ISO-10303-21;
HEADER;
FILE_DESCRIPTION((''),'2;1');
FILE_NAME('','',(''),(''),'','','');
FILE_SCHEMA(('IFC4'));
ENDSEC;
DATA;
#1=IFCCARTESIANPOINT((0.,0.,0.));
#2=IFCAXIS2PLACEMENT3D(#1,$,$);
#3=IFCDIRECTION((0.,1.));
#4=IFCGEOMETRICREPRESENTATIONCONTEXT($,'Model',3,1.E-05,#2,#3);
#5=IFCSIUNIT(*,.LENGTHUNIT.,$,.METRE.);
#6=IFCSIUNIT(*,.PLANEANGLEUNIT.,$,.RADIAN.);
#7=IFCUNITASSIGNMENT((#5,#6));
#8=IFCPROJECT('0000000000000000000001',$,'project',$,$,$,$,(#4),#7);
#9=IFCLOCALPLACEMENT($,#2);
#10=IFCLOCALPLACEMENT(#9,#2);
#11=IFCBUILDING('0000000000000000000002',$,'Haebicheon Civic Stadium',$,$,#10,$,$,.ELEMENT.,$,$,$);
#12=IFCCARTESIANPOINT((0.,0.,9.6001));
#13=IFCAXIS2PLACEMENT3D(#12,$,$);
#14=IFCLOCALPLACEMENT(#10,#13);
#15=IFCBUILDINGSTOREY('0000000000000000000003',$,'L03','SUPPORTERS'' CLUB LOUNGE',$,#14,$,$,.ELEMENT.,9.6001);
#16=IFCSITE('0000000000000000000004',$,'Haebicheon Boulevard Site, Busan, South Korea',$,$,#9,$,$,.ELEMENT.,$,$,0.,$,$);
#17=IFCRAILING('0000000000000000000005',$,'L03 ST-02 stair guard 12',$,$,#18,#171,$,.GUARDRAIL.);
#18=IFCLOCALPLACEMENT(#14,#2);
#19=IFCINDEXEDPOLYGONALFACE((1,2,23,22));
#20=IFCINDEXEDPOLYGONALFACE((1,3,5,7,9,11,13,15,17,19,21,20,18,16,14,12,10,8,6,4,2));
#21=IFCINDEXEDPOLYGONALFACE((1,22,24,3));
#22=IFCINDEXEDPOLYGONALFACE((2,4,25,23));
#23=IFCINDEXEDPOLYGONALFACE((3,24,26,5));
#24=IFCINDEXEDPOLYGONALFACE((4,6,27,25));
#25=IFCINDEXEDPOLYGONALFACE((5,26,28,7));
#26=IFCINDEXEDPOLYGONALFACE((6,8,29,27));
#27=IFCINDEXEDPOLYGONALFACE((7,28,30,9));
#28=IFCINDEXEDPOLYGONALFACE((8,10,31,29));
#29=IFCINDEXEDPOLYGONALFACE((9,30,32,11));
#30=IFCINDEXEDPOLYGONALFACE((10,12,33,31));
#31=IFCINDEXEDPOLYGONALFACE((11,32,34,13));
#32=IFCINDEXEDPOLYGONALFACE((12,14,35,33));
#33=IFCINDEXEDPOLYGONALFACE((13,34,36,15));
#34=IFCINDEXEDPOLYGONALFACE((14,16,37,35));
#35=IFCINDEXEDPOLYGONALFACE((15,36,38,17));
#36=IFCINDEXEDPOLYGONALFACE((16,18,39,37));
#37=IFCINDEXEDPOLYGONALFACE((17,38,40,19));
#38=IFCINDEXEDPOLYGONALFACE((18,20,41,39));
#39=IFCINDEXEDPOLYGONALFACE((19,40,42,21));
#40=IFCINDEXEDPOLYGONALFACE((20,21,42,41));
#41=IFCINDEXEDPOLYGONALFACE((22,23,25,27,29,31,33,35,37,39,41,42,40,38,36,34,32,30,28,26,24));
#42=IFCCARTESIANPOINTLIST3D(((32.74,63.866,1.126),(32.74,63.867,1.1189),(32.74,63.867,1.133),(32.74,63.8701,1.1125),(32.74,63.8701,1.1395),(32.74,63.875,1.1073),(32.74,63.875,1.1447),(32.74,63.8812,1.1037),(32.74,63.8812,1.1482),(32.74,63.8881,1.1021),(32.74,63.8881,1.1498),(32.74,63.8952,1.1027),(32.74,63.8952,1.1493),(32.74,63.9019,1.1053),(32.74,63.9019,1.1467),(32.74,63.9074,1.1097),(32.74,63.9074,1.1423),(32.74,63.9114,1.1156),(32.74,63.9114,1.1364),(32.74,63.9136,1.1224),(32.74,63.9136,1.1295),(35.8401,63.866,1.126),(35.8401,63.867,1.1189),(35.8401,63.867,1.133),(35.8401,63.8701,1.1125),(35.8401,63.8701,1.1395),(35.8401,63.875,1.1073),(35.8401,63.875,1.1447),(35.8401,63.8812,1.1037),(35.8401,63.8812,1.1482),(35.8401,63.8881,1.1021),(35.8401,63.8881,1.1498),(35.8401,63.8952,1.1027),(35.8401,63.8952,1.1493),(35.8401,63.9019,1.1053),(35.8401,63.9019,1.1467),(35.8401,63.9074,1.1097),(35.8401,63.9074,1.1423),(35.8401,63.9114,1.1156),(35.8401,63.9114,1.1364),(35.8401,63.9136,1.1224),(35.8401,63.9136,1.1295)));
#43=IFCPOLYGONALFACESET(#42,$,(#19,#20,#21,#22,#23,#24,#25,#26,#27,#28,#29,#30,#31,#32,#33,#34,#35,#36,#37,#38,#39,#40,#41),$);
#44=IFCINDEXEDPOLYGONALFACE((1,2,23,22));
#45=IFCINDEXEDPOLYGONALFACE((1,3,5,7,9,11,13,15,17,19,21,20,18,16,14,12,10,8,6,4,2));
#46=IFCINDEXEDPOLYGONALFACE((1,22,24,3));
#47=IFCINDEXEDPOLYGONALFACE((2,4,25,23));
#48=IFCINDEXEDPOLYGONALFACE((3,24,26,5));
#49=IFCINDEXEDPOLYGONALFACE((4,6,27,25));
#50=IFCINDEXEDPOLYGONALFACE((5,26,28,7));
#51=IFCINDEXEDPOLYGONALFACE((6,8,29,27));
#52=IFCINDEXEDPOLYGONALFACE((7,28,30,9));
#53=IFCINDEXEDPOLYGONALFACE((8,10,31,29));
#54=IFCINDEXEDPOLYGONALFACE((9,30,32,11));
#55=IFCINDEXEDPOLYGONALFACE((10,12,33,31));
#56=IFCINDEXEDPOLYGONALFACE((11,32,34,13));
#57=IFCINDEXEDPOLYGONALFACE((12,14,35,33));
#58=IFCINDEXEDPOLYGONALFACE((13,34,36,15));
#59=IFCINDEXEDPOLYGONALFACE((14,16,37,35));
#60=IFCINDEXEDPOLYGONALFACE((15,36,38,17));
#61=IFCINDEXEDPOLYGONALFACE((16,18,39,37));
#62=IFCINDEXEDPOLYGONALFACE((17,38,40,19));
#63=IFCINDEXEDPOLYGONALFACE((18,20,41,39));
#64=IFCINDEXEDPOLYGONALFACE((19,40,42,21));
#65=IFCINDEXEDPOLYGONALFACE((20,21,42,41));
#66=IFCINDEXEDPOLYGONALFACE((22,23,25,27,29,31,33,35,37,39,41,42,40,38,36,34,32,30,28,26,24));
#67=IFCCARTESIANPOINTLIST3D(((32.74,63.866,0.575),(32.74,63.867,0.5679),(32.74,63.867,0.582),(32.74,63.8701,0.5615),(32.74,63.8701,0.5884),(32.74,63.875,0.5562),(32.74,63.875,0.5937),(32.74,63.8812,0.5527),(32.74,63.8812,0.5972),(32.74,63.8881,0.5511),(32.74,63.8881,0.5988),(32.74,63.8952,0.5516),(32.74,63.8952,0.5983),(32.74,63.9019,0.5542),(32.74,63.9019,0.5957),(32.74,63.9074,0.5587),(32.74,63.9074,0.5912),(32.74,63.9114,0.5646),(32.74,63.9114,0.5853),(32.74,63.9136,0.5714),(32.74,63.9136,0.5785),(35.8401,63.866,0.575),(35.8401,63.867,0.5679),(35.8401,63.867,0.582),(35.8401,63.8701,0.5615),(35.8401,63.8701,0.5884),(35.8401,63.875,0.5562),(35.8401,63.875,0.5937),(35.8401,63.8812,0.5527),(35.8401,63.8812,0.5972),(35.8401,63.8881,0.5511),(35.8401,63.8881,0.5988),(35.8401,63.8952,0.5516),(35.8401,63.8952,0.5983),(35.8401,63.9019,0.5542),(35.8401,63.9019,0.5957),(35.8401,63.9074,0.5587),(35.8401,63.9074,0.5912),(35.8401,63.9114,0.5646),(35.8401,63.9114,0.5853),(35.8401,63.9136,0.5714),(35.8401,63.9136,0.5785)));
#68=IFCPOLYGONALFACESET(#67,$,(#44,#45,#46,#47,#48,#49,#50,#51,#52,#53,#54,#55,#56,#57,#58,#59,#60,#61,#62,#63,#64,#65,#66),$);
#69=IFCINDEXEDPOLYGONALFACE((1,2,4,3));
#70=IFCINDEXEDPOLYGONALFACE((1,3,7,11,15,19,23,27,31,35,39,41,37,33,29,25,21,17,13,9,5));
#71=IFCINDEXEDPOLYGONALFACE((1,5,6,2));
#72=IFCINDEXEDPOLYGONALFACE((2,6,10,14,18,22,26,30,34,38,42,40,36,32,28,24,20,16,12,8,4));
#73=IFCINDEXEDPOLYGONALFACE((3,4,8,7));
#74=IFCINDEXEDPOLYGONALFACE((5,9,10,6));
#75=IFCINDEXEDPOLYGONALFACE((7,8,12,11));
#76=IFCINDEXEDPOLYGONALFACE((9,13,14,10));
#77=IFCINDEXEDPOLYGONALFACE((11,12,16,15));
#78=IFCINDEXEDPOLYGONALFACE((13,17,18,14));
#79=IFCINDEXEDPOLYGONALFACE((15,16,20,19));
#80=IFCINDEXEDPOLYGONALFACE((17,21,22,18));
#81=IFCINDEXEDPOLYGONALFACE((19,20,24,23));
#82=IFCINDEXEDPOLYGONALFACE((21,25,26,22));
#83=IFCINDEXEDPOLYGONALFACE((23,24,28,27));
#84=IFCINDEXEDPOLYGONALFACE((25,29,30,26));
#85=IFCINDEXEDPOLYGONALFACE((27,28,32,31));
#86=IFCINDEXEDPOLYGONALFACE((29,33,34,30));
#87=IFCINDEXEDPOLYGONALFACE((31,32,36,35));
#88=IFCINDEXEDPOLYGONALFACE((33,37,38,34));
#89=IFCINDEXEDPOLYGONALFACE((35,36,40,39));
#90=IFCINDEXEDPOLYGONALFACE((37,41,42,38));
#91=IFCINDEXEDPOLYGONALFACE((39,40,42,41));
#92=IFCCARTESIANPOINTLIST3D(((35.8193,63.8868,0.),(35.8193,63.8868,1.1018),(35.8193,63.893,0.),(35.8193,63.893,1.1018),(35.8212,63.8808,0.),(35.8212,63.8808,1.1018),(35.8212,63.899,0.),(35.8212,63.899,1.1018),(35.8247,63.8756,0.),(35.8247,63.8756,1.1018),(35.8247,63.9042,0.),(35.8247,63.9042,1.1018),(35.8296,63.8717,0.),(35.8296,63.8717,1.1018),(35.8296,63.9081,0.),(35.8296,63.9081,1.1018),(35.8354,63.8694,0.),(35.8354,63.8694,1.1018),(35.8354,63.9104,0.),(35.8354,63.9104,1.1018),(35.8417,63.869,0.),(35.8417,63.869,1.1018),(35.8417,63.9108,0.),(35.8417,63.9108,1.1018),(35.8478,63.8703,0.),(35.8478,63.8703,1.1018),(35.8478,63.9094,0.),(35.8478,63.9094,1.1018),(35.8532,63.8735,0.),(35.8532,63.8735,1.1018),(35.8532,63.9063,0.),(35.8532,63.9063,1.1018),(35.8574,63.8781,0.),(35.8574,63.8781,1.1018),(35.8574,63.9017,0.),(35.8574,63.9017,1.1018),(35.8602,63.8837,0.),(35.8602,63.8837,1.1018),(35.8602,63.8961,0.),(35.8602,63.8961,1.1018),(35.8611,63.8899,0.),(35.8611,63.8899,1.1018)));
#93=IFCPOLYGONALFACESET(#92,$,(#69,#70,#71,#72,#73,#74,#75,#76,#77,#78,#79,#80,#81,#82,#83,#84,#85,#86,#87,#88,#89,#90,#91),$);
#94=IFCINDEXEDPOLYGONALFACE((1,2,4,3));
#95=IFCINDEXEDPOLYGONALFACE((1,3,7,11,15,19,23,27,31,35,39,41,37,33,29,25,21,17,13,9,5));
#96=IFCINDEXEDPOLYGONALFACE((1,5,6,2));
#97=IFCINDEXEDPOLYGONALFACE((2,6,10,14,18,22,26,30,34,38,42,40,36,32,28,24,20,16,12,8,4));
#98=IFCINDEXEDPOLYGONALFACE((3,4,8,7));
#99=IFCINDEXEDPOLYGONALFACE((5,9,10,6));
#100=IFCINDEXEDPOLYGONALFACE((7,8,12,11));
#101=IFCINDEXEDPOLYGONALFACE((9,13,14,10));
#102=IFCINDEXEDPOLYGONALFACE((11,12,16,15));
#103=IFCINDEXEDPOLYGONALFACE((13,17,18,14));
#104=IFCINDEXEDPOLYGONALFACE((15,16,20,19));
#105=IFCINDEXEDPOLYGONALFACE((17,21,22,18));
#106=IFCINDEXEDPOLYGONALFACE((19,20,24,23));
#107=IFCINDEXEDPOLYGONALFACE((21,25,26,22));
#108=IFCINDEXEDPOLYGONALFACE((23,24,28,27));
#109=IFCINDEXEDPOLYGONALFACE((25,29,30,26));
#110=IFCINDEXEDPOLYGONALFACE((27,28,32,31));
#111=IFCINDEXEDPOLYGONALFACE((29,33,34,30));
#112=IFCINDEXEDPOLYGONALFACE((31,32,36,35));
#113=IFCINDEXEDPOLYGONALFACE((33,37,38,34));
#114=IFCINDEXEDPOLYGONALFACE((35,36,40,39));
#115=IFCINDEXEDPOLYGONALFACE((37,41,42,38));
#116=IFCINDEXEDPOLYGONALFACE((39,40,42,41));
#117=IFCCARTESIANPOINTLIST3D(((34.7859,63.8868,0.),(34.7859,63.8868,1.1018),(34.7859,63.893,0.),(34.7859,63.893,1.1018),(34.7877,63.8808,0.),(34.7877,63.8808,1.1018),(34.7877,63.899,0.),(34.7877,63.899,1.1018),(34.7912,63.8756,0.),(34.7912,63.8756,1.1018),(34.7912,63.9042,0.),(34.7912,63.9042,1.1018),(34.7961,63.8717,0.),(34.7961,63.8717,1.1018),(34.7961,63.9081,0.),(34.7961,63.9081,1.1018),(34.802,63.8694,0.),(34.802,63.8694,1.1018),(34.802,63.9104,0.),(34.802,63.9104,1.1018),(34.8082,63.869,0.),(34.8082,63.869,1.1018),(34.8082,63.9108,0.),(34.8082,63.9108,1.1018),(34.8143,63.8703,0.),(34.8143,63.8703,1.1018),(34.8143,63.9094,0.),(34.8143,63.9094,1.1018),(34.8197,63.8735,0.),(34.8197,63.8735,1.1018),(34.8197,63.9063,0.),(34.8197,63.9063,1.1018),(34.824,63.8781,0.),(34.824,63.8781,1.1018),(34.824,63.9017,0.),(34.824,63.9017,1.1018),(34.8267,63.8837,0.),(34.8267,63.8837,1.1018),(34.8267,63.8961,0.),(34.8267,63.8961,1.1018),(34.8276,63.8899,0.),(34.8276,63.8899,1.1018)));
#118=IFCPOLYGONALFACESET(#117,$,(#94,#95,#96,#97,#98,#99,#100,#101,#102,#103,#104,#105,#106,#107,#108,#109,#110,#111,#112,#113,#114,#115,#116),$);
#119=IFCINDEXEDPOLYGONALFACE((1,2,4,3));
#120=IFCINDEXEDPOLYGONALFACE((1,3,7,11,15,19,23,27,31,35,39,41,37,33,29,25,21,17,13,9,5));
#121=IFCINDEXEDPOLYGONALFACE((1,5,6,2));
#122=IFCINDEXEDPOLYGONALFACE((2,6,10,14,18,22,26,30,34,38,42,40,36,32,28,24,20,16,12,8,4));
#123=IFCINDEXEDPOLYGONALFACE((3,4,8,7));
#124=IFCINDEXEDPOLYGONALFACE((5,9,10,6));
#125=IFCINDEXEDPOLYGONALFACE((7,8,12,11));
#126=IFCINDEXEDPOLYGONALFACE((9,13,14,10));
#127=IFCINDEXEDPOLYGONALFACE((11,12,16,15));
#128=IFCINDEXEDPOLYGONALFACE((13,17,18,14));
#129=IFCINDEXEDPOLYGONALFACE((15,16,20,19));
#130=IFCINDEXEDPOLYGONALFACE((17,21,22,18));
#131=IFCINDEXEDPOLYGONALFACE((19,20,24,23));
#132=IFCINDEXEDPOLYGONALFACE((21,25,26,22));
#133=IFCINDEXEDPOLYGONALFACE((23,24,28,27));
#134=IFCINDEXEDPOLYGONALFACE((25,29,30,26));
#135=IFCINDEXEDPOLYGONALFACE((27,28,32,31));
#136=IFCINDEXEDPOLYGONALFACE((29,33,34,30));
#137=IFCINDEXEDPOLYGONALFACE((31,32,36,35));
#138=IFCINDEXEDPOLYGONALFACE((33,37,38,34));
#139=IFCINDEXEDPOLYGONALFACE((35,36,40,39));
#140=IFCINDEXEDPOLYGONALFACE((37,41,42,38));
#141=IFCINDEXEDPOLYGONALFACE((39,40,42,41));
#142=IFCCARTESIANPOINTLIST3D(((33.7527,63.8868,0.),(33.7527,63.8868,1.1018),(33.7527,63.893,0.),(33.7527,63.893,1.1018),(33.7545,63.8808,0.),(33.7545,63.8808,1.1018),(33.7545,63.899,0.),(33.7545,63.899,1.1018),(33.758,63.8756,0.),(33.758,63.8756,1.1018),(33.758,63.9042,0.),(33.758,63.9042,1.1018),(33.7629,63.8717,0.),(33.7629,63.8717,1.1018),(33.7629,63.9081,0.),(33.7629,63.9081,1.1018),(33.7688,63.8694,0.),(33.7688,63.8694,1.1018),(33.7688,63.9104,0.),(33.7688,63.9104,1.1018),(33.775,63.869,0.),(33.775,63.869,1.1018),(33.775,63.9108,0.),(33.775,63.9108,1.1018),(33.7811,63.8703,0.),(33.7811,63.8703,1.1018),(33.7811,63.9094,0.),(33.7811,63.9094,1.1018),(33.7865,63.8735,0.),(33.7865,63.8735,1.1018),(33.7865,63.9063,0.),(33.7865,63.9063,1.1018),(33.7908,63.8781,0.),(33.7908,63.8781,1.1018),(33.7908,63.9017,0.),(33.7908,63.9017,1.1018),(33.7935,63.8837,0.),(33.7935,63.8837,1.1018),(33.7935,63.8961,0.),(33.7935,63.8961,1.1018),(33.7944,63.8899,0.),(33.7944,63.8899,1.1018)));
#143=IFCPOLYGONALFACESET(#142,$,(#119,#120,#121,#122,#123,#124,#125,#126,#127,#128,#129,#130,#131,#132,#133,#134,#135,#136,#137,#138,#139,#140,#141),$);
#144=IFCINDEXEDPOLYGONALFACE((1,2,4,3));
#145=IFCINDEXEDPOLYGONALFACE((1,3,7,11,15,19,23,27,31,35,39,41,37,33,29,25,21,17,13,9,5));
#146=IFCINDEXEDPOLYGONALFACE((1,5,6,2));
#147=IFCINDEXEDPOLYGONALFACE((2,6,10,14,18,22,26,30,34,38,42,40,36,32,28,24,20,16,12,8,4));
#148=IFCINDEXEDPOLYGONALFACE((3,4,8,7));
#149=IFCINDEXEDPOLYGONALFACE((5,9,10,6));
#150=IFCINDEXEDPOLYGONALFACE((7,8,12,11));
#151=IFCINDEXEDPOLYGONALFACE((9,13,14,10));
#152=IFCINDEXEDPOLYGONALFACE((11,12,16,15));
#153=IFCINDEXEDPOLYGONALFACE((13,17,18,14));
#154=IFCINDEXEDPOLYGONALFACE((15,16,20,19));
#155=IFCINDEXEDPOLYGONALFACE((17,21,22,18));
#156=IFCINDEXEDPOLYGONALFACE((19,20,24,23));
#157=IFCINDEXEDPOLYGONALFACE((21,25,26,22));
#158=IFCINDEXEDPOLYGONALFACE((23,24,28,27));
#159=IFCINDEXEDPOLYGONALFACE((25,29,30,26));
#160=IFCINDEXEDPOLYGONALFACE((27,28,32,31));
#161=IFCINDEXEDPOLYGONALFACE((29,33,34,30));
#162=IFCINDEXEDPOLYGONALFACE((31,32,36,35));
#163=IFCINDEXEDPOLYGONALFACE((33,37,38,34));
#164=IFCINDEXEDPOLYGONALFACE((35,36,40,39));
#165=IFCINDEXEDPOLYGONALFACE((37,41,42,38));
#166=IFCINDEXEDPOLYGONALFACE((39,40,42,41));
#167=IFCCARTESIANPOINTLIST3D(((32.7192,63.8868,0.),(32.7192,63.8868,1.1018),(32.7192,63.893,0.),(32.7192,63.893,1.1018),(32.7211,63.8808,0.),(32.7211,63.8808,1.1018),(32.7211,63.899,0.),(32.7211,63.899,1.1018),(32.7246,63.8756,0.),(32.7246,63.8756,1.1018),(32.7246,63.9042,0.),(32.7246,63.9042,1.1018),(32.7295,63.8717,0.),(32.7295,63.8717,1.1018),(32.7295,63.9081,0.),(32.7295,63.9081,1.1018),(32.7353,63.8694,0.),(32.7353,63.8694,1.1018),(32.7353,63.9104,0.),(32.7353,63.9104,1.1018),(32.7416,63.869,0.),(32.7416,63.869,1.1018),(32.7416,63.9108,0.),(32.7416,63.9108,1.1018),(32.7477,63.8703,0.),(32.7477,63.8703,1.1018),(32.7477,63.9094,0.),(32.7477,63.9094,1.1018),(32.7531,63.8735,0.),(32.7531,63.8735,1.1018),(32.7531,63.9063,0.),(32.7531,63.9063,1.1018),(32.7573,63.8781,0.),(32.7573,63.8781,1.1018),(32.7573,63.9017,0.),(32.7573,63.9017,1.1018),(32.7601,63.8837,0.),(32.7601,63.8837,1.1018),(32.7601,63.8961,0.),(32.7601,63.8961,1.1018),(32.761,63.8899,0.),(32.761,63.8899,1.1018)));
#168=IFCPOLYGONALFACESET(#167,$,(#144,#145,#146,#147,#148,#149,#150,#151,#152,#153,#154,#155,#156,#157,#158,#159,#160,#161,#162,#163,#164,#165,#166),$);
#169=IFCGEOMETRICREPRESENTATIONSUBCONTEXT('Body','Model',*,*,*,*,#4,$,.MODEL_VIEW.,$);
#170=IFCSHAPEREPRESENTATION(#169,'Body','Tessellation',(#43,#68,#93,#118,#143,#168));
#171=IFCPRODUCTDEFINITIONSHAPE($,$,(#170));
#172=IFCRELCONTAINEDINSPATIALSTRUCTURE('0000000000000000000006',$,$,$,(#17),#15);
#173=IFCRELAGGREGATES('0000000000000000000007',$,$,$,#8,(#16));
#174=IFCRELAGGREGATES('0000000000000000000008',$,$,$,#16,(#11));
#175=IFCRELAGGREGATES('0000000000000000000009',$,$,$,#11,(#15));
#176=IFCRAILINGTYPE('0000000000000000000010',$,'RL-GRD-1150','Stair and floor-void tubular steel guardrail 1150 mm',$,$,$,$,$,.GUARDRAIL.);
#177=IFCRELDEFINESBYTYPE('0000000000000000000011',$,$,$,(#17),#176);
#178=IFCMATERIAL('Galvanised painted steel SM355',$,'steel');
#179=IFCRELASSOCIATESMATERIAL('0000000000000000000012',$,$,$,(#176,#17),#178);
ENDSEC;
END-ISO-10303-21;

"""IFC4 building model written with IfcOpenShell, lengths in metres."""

from ifc_helpers import new_model, si_unit, direction, frame, origin, origin_2d, place, context, subcontext, project, spatial, circle, extrude, material, type_object, element, save


model = new_model("IFC4")

# Units and contexts
model_context = context("Model", 3, precision=1e-05, world=origin(), true_north=direction((0.0, 1.0)))
body_context = subcontext(model_context, "Body", "Model", "MODEL_VIEW")
ifc_project = project(units=[si_unit("LENGTHUNIT", "METRE"), si_unit("PLANEANGLEUNIT", "RADIAN")], contexts=[model_context])

# Site, building, storey
site_placement = place(None, origin())
site = spatial("IfcSite", under=ifc_project, at=site_placement, Name="Haebicheon Boulevard Site, Busan, South Korea", CompositionType="ELEMENT", RefElevation=0.0)
building_placement = place(site_placement, origin())
building = spatial("IfcBuilding", under=site, at=building_placement, Name="Haebicheon Civic Stadium", CompositionType="ELEMENT")
storey_placement = place(building_placement, frame((0.0, 0.0, 9.6001)))
storey = spatial("IfcBuildingStorey", under=building, at=storey_placement, Name="L03", Description="SUPPORTERS' CLUB LOUNGE", CompositionType="ELEMENT", Elevation=9.6001)

# Railing
ifc_material_1 = material(Name="Galvanised painted steel SM355", Category="steel")
railing_type = type_object("IfcRailingType", Name="RL-GRD-1150", Description="Stair and floor-void tubular steel guardrail 1150 mm", PredefinedType="GUARDRAIL", material=ifc_material_1)
railing_1_placement = place(storey_placement, frame((35.8401, 63.8899, 0.0)))
element("IfcRailing", 1, at=railing_1_placement, inside=storey, type_object=railing_type, material=ifc_material_1, Name="L03 ST-02 stair guard 12", PredefinedType="GUARDRAIL", context=body_context, shape_type="SweptSolid", body=[
    extrude(circle(Radius=0.0239, at=origin_2d()), frame((0.0, 0.0, 1.126), z_axis=(-1.0, 0.0, 0.0), x_axis=(0.0, -1.0, 0.0)), (0.0, 0.0, 1.0), 3.1001),
    extrude(circle(Radius=0.0239, at=origin_2d()), frame((0.0, 0.0, 0.575), z_axis=(-1.0, 0.0, 0.0), x_axis=(0.0, -1.0, 0.0)), (0.0, 0.0, 1.0), 3.1001),
    extrude(circle(Radius=0.021, at=origin_2d()), origin(), (0.0, 0.0, 1.0), 1.1018),
    extrude(circle(Radius=0.021, at=origin_2d()), frame((-1.0334, 0.0, 0.0)), (0.0, 0.0, 1.0), 1.1018),
    extrude(circle(Radius=0.021, at=origin_2d()), frame((-2.0667, 0.0, 0.0)), (0.0, 0.0, 1.0), 1.1018),
    extrude(circle(Radius=0.021, at=origin_2d()), frame((-3.1001, 0.0, 0.0)), (0.0, 0.0, 1.0), 1.1018),
])

save(model, "model.ifc")
